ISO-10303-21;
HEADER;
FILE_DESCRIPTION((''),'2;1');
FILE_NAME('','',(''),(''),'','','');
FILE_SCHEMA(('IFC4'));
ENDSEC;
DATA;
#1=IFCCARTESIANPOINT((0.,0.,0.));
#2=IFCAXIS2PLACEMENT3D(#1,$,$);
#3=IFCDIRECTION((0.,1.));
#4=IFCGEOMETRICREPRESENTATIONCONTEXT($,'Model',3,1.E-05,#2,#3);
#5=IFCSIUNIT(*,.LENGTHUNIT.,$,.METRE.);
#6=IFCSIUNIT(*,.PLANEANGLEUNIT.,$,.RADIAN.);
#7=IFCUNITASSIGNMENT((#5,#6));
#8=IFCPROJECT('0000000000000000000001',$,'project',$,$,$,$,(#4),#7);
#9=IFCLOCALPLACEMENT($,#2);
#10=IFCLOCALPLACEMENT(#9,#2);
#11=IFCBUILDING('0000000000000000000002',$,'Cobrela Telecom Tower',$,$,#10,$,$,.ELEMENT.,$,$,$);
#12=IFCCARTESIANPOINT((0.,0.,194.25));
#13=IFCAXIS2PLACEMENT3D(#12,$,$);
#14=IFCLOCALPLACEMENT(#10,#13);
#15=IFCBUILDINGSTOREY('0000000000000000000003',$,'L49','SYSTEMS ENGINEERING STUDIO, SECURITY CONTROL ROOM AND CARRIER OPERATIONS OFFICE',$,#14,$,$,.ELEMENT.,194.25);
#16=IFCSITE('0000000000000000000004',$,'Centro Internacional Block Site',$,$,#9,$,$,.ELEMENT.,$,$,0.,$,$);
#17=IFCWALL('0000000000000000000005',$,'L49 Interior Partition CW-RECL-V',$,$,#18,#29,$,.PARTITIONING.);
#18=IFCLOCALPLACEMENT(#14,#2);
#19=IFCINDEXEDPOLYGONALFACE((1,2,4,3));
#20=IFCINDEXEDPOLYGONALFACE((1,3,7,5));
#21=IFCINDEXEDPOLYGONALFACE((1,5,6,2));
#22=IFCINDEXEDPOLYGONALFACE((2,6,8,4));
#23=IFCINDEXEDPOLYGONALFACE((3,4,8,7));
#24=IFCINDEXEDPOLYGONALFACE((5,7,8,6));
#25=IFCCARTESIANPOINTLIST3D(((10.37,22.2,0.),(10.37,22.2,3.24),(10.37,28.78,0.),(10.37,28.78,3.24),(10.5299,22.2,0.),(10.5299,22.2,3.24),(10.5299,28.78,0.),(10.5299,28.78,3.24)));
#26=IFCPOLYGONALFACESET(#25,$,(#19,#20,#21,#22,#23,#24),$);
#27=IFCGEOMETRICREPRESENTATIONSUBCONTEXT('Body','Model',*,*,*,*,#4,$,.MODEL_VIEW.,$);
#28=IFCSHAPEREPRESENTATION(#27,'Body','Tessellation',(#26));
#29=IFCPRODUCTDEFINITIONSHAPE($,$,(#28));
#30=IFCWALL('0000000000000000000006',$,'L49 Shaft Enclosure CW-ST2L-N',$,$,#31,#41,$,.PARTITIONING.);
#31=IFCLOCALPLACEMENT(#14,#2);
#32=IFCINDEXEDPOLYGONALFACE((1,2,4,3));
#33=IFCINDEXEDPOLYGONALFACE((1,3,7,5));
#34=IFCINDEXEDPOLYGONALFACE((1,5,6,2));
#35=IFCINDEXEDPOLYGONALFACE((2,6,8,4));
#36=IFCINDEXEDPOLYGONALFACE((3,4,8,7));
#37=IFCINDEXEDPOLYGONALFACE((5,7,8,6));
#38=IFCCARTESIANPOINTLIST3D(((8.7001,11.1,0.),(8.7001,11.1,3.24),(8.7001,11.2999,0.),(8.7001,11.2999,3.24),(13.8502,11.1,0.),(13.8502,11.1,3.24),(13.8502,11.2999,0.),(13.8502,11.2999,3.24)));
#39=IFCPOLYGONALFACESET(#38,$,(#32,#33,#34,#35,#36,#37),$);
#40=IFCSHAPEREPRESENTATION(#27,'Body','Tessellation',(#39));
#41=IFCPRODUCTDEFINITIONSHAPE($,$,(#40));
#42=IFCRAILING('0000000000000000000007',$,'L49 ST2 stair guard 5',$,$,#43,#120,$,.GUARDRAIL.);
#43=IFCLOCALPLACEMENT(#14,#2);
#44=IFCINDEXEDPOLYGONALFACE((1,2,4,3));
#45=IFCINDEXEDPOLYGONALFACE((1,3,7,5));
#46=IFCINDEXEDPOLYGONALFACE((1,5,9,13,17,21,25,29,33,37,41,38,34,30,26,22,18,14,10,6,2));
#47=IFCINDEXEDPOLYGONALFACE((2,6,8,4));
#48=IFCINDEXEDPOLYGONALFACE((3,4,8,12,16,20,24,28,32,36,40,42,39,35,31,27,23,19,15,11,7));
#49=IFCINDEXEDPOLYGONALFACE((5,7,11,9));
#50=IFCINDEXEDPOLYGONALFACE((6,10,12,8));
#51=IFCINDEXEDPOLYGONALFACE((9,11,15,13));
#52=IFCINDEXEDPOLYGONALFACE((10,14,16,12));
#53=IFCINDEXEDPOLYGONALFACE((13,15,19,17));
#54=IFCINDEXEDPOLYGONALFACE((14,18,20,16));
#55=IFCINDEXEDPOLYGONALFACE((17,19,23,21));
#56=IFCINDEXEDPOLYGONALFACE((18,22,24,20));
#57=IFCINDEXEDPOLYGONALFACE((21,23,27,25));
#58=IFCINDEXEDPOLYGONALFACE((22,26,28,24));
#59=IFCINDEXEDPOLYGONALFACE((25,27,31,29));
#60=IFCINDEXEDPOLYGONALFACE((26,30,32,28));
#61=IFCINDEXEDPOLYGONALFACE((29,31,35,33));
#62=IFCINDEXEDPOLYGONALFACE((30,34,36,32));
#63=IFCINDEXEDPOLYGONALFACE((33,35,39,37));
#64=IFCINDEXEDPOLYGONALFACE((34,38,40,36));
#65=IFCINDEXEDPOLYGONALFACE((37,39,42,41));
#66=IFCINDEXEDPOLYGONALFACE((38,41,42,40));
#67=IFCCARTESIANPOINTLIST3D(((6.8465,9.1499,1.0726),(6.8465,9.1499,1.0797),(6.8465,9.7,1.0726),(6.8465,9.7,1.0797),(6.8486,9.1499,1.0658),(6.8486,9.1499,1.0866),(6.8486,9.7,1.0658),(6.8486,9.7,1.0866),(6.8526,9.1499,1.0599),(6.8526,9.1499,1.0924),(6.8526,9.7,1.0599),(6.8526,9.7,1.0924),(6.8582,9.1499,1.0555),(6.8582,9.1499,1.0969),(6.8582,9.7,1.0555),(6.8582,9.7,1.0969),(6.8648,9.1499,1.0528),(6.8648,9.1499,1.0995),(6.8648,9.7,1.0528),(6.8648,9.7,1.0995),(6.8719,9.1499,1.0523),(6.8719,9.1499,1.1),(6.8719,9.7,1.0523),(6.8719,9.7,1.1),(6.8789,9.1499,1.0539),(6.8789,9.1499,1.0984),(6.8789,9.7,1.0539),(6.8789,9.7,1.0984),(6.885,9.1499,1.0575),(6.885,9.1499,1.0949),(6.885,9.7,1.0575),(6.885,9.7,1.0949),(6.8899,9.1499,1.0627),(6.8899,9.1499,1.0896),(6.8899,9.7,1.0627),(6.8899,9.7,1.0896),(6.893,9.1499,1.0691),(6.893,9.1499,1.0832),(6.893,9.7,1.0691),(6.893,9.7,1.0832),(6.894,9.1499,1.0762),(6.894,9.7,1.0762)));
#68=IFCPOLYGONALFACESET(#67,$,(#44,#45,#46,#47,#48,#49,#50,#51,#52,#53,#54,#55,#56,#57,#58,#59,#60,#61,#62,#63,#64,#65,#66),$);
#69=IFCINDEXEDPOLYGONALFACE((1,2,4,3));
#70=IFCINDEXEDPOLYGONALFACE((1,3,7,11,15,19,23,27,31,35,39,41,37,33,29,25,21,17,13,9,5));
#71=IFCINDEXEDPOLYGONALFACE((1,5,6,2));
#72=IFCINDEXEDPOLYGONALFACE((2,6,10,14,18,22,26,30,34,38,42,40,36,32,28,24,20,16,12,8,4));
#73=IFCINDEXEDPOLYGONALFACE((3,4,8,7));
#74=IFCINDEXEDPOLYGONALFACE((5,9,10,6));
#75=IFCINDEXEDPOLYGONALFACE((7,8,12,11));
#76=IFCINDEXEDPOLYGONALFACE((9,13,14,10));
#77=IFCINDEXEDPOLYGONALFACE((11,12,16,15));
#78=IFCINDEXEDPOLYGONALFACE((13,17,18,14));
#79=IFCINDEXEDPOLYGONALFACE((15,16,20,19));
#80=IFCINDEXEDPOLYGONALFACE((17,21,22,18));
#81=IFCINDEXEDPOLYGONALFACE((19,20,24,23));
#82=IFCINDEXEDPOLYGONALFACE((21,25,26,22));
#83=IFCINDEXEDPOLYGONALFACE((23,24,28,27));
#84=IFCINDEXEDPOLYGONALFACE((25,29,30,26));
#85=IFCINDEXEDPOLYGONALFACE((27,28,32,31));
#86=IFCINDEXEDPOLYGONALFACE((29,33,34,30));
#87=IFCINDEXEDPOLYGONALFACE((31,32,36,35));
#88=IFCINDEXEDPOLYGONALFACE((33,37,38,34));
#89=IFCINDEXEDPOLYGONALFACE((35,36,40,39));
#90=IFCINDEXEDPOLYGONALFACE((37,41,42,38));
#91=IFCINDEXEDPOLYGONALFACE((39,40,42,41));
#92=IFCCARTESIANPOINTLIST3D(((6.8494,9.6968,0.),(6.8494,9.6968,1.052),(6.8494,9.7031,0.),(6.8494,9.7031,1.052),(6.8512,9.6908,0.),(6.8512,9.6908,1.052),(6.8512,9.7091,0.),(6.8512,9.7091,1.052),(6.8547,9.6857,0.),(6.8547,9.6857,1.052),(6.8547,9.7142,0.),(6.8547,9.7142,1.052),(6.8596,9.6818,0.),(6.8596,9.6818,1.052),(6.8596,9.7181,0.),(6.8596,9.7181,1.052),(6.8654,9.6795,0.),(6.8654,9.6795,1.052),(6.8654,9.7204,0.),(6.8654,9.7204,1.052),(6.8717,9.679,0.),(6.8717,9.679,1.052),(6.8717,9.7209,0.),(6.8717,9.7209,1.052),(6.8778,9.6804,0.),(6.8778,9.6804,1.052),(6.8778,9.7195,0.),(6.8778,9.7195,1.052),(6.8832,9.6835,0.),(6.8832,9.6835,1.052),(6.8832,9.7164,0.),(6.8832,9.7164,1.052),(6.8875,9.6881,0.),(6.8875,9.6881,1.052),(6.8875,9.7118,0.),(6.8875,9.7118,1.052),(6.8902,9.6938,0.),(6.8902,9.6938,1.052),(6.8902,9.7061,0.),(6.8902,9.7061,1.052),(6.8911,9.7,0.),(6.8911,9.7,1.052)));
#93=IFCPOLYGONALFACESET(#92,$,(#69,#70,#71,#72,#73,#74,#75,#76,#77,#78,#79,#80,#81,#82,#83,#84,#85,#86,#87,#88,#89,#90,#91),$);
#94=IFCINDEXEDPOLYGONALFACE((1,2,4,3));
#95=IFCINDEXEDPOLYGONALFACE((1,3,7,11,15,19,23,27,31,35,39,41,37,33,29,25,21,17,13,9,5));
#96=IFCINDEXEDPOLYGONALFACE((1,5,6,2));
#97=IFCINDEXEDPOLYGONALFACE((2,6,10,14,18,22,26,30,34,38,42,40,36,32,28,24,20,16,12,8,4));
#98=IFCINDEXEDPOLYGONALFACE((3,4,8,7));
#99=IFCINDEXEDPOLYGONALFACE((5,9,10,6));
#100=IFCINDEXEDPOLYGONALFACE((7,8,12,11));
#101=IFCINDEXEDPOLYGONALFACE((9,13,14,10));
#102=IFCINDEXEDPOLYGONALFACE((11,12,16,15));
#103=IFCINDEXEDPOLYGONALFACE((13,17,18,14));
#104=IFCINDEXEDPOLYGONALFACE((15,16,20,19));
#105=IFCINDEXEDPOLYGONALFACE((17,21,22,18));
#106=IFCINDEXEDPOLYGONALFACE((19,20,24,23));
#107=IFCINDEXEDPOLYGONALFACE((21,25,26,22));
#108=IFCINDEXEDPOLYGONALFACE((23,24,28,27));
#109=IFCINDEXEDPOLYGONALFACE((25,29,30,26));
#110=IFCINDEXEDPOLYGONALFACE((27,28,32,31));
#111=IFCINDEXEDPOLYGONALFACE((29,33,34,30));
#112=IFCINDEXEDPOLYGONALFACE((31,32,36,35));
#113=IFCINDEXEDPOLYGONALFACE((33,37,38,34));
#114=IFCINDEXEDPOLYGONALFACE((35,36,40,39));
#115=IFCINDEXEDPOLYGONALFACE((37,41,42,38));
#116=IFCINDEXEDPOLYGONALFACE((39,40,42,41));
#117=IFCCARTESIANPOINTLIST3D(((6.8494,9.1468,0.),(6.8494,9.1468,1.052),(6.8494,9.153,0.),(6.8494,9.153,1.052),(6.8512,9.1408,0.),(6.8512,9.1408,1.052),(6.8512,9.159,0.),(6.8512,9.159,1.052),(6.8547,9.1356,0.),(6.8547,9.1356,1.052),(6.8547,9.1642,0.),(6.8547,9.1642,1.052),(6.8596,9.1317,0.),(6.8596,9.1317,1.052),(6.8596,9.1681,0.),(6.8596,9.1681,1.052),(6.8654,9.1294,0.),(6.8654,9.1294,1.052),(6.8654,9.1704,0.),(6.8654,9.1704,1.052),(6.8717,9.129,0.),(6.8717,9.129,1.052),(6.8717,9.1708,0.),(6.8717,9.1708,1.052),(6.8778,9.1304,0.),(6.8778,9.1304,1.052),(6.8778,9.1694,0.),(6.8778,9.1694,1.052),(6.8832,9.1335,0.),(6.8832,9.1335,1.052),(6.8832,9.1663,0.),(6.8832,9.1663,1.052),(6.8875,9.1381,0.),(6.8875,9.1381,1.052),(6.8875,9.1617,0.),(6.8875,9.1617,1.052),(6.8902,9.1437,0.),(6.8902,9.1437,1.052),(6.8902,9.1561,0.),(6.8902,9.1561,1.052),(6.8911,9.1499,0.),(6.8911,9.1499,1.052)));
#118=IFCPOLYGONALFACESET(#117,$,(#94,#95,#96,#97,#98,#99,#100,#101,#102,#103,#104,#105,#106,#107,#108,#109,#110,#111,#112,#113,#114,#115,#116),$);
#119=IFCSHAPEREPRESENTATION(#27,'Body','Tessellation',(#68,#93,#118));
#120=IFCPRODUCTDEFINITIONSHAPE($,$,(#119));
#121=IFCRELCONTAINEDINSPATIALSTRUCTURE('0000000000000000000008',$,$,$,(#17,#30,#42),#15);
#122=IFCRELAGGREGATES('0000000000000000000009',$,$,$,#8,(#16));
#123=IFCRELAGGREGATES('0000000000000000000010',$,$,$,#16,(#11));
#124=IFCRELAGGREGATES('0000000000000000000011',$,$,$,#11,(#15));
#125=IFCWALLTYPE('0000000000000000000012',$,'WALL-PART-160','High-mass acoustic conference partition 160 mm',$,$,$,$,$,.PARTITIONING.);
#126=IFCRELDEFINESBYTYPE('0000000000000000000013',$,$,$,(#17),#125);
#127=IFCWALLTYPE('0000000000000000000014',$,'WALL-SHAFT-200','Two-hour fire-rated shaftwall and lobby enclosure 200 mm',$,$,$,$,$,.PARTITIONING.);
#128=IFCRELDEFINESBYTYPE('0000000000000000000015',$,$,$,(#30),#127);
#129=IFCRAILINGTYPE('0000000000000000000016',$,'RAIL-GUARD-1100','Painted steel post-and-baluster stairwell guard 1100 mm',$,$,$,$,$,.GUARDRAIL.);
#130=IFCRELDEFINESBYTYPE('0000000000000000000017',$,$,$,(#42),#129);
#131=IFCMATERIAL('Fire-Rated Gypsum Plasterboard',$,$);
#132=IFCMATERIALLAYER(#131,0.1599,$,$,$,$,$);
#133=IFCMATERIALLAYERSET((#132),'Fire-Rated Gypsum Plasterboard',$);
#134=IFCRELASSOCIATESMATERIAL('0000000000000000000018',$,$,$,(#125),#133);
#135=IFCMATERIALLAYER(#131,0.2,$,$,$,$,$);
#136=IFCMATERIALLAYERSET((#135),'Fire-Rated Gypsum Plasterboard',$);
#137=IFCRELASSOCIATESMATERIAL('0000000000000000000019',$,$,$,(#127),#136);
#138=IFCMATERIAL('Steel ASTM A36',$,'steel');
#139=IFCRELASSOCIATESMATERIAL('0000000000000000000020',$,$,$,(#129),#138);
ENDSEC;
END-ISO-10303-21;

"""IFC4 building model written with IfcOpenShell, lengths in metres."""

from ifc_helpers import new_model, si_unit, direction, frame, frame_2d, origin, origin_2d, place, context, subcontext, project, spatial, rectangle, circle, extrude, material, layer, layer_set, type_object, element, save


model = new_model("IFC4")

# Units and contexts
model_context = context("Model", 3, precision=1e-05, world=origin(), true_north=direction((0.0, 1.0)))
body_context = subcontext(model_context, "Body", "Model", "MODEL_VIEW")
ifc_project = project(units=[si_unit("LENGTHUNIT", "METRE"), si_unit("PLANEANGLEUNIT", "RADIAN")], contexts=[model_context])

# Site, building, storey
site_placement = place(None, origin())
site = spatial("IfcSite", under=ifc_project, at=site_placement, Name="Centro Internacional Block Site", CompositionType="ELEMENT", RefElevation=0.0)
building_placement = place(site_placement, origin())
building = spatial("IfcBuilding", under=site, at=building_placement, Name="Cobrela Telecom Tower", CompositionType="ELEMENT")
storey_placement = place(building_placement, frame((0.0, 0.0, 194.25)))
storey = spatial("IfcBuildingStorey", under=building, at=storey_placement, Name="L49", Description="SYSTEMS ENGINEERING STUDIO, SECURITY CONTROL ROOM AND CARRIER OPERATIONS OFFICE", CompositionType="ELEMENT", Elevation=194.25)

# Shared definitions
ifc_material_1 = material(Name="Fire-Rated Gypsum Plasterboard")

# Wall
ifc_layer_1 = layer(ifc_material_1, 0.1599)
ifc_layer_set_1 = layer_set([ifc_layer_1], Name="Fire-Rated Gypsum Plasterboard")
wall_type_1 = type_object("IfcWallType", Name="WALL-PART-160", Description="High-mass acoustic conference partition 160 mm", PredefinedType="PARTITIONING", material=ifc_layer_set_1)
wall_1_placement = place(storey_placement, frame((10.45, 22.2, 0.0), z_axis=(0.0, 0.0, 1.0), x_axis=(0.0, 1.0, 0.0)))
element("IfcWall", 1, at=wall_1_placement, inside=storey, type_object=wall_type_1, Name="L49 Interior Partition CW-RECL-V", PredefinedType="PARTITIONING", context=body_context, shape_type="SweptSolid", body=[
    extrude(rectangle(XDim=6.5801, YDim=0.1599, at=frame_2d((3.29, 0.0))), origin(), (0.0, 0.0, 1.0), 3.24),
])

# Wall
ifc_layer_2 = layer(ifc_material_1, 0.2)
ifc_layer_set_2 = layer_set([ifc_layer_2], Name="Fire-Rated Gypsum Plasterboard")
wall_type_2 = type_object("IfcWallType", Name="WALL-SHAFT-200", Description="Two-hour fire-rated shaftwall and lobby enclosure 200 mm", PredefinedType="PARTITIONING", material=ifc_layer_set_2)
wall_2_placement = place(storey_placement, frame((8.7, 11.2, 0.0), z_axis=(0.0, 0.0, 1.0), x_axis=(1.0, 0.0, 0.0)))
element("IfcWall", 2, at=wall_2_placement, inside=storey, type_object=wall_type_2, Name="L49 Shaft Enclosure CW-ST2L-N", PredefinedType="PARTITIONING", context=body_context, shape_type="SweptSolid", body=[
    extrude(rectangle(XDim=5.1501, YDim=0.2, at=frame_2d((2.5752, 0.0))), origin(), (0.0, 0.0, 1.0), 3.24),
])

# Railing
ifc_material_2 = material(Name="Steel ASTM A36", Category="steel")
railing_type_1 = type_object("IfcRailingType", Name="RAIL-GUARD-1100", Description="Painted steel post-and-baluster stairwell guard 1100 mm", PredefinedType="GUARDRAIL", material=ifc_material_2)
railing_1_placement = place(storey_placement, frame((6.8701, 9.7, 0.0)))
element("IfcRailing", 3, at=railing_1_placement, inside=storey, type_object=railing_type_1, Name="L49 ST2 stair guard 5", PredefinedType="GUARDRAIL", context=body_context, shape_type="SweptSolid", body=[
    extrude(circle(Radius=0.0239, at=origin_2d()), frame((0.0, 0.0, 1.0762), z_axis=(0.0, -1.0, 0.0), x_axis=(1.0, 0.0, 0.0)), (0.0, 0.0, 1.0), 0.55),
    extrude(circle(Radius=0.021, at=origin_2d()), origin(), (0.0, 0.0, 1.0), 1.052),
    extrude(circle(Radius=0.021, at=origin_2d()), frame((0.0, -0.55, 0.0)), (0.0, 0.0, 1.0), 1.052),
])

save(model, "model.ifc")
